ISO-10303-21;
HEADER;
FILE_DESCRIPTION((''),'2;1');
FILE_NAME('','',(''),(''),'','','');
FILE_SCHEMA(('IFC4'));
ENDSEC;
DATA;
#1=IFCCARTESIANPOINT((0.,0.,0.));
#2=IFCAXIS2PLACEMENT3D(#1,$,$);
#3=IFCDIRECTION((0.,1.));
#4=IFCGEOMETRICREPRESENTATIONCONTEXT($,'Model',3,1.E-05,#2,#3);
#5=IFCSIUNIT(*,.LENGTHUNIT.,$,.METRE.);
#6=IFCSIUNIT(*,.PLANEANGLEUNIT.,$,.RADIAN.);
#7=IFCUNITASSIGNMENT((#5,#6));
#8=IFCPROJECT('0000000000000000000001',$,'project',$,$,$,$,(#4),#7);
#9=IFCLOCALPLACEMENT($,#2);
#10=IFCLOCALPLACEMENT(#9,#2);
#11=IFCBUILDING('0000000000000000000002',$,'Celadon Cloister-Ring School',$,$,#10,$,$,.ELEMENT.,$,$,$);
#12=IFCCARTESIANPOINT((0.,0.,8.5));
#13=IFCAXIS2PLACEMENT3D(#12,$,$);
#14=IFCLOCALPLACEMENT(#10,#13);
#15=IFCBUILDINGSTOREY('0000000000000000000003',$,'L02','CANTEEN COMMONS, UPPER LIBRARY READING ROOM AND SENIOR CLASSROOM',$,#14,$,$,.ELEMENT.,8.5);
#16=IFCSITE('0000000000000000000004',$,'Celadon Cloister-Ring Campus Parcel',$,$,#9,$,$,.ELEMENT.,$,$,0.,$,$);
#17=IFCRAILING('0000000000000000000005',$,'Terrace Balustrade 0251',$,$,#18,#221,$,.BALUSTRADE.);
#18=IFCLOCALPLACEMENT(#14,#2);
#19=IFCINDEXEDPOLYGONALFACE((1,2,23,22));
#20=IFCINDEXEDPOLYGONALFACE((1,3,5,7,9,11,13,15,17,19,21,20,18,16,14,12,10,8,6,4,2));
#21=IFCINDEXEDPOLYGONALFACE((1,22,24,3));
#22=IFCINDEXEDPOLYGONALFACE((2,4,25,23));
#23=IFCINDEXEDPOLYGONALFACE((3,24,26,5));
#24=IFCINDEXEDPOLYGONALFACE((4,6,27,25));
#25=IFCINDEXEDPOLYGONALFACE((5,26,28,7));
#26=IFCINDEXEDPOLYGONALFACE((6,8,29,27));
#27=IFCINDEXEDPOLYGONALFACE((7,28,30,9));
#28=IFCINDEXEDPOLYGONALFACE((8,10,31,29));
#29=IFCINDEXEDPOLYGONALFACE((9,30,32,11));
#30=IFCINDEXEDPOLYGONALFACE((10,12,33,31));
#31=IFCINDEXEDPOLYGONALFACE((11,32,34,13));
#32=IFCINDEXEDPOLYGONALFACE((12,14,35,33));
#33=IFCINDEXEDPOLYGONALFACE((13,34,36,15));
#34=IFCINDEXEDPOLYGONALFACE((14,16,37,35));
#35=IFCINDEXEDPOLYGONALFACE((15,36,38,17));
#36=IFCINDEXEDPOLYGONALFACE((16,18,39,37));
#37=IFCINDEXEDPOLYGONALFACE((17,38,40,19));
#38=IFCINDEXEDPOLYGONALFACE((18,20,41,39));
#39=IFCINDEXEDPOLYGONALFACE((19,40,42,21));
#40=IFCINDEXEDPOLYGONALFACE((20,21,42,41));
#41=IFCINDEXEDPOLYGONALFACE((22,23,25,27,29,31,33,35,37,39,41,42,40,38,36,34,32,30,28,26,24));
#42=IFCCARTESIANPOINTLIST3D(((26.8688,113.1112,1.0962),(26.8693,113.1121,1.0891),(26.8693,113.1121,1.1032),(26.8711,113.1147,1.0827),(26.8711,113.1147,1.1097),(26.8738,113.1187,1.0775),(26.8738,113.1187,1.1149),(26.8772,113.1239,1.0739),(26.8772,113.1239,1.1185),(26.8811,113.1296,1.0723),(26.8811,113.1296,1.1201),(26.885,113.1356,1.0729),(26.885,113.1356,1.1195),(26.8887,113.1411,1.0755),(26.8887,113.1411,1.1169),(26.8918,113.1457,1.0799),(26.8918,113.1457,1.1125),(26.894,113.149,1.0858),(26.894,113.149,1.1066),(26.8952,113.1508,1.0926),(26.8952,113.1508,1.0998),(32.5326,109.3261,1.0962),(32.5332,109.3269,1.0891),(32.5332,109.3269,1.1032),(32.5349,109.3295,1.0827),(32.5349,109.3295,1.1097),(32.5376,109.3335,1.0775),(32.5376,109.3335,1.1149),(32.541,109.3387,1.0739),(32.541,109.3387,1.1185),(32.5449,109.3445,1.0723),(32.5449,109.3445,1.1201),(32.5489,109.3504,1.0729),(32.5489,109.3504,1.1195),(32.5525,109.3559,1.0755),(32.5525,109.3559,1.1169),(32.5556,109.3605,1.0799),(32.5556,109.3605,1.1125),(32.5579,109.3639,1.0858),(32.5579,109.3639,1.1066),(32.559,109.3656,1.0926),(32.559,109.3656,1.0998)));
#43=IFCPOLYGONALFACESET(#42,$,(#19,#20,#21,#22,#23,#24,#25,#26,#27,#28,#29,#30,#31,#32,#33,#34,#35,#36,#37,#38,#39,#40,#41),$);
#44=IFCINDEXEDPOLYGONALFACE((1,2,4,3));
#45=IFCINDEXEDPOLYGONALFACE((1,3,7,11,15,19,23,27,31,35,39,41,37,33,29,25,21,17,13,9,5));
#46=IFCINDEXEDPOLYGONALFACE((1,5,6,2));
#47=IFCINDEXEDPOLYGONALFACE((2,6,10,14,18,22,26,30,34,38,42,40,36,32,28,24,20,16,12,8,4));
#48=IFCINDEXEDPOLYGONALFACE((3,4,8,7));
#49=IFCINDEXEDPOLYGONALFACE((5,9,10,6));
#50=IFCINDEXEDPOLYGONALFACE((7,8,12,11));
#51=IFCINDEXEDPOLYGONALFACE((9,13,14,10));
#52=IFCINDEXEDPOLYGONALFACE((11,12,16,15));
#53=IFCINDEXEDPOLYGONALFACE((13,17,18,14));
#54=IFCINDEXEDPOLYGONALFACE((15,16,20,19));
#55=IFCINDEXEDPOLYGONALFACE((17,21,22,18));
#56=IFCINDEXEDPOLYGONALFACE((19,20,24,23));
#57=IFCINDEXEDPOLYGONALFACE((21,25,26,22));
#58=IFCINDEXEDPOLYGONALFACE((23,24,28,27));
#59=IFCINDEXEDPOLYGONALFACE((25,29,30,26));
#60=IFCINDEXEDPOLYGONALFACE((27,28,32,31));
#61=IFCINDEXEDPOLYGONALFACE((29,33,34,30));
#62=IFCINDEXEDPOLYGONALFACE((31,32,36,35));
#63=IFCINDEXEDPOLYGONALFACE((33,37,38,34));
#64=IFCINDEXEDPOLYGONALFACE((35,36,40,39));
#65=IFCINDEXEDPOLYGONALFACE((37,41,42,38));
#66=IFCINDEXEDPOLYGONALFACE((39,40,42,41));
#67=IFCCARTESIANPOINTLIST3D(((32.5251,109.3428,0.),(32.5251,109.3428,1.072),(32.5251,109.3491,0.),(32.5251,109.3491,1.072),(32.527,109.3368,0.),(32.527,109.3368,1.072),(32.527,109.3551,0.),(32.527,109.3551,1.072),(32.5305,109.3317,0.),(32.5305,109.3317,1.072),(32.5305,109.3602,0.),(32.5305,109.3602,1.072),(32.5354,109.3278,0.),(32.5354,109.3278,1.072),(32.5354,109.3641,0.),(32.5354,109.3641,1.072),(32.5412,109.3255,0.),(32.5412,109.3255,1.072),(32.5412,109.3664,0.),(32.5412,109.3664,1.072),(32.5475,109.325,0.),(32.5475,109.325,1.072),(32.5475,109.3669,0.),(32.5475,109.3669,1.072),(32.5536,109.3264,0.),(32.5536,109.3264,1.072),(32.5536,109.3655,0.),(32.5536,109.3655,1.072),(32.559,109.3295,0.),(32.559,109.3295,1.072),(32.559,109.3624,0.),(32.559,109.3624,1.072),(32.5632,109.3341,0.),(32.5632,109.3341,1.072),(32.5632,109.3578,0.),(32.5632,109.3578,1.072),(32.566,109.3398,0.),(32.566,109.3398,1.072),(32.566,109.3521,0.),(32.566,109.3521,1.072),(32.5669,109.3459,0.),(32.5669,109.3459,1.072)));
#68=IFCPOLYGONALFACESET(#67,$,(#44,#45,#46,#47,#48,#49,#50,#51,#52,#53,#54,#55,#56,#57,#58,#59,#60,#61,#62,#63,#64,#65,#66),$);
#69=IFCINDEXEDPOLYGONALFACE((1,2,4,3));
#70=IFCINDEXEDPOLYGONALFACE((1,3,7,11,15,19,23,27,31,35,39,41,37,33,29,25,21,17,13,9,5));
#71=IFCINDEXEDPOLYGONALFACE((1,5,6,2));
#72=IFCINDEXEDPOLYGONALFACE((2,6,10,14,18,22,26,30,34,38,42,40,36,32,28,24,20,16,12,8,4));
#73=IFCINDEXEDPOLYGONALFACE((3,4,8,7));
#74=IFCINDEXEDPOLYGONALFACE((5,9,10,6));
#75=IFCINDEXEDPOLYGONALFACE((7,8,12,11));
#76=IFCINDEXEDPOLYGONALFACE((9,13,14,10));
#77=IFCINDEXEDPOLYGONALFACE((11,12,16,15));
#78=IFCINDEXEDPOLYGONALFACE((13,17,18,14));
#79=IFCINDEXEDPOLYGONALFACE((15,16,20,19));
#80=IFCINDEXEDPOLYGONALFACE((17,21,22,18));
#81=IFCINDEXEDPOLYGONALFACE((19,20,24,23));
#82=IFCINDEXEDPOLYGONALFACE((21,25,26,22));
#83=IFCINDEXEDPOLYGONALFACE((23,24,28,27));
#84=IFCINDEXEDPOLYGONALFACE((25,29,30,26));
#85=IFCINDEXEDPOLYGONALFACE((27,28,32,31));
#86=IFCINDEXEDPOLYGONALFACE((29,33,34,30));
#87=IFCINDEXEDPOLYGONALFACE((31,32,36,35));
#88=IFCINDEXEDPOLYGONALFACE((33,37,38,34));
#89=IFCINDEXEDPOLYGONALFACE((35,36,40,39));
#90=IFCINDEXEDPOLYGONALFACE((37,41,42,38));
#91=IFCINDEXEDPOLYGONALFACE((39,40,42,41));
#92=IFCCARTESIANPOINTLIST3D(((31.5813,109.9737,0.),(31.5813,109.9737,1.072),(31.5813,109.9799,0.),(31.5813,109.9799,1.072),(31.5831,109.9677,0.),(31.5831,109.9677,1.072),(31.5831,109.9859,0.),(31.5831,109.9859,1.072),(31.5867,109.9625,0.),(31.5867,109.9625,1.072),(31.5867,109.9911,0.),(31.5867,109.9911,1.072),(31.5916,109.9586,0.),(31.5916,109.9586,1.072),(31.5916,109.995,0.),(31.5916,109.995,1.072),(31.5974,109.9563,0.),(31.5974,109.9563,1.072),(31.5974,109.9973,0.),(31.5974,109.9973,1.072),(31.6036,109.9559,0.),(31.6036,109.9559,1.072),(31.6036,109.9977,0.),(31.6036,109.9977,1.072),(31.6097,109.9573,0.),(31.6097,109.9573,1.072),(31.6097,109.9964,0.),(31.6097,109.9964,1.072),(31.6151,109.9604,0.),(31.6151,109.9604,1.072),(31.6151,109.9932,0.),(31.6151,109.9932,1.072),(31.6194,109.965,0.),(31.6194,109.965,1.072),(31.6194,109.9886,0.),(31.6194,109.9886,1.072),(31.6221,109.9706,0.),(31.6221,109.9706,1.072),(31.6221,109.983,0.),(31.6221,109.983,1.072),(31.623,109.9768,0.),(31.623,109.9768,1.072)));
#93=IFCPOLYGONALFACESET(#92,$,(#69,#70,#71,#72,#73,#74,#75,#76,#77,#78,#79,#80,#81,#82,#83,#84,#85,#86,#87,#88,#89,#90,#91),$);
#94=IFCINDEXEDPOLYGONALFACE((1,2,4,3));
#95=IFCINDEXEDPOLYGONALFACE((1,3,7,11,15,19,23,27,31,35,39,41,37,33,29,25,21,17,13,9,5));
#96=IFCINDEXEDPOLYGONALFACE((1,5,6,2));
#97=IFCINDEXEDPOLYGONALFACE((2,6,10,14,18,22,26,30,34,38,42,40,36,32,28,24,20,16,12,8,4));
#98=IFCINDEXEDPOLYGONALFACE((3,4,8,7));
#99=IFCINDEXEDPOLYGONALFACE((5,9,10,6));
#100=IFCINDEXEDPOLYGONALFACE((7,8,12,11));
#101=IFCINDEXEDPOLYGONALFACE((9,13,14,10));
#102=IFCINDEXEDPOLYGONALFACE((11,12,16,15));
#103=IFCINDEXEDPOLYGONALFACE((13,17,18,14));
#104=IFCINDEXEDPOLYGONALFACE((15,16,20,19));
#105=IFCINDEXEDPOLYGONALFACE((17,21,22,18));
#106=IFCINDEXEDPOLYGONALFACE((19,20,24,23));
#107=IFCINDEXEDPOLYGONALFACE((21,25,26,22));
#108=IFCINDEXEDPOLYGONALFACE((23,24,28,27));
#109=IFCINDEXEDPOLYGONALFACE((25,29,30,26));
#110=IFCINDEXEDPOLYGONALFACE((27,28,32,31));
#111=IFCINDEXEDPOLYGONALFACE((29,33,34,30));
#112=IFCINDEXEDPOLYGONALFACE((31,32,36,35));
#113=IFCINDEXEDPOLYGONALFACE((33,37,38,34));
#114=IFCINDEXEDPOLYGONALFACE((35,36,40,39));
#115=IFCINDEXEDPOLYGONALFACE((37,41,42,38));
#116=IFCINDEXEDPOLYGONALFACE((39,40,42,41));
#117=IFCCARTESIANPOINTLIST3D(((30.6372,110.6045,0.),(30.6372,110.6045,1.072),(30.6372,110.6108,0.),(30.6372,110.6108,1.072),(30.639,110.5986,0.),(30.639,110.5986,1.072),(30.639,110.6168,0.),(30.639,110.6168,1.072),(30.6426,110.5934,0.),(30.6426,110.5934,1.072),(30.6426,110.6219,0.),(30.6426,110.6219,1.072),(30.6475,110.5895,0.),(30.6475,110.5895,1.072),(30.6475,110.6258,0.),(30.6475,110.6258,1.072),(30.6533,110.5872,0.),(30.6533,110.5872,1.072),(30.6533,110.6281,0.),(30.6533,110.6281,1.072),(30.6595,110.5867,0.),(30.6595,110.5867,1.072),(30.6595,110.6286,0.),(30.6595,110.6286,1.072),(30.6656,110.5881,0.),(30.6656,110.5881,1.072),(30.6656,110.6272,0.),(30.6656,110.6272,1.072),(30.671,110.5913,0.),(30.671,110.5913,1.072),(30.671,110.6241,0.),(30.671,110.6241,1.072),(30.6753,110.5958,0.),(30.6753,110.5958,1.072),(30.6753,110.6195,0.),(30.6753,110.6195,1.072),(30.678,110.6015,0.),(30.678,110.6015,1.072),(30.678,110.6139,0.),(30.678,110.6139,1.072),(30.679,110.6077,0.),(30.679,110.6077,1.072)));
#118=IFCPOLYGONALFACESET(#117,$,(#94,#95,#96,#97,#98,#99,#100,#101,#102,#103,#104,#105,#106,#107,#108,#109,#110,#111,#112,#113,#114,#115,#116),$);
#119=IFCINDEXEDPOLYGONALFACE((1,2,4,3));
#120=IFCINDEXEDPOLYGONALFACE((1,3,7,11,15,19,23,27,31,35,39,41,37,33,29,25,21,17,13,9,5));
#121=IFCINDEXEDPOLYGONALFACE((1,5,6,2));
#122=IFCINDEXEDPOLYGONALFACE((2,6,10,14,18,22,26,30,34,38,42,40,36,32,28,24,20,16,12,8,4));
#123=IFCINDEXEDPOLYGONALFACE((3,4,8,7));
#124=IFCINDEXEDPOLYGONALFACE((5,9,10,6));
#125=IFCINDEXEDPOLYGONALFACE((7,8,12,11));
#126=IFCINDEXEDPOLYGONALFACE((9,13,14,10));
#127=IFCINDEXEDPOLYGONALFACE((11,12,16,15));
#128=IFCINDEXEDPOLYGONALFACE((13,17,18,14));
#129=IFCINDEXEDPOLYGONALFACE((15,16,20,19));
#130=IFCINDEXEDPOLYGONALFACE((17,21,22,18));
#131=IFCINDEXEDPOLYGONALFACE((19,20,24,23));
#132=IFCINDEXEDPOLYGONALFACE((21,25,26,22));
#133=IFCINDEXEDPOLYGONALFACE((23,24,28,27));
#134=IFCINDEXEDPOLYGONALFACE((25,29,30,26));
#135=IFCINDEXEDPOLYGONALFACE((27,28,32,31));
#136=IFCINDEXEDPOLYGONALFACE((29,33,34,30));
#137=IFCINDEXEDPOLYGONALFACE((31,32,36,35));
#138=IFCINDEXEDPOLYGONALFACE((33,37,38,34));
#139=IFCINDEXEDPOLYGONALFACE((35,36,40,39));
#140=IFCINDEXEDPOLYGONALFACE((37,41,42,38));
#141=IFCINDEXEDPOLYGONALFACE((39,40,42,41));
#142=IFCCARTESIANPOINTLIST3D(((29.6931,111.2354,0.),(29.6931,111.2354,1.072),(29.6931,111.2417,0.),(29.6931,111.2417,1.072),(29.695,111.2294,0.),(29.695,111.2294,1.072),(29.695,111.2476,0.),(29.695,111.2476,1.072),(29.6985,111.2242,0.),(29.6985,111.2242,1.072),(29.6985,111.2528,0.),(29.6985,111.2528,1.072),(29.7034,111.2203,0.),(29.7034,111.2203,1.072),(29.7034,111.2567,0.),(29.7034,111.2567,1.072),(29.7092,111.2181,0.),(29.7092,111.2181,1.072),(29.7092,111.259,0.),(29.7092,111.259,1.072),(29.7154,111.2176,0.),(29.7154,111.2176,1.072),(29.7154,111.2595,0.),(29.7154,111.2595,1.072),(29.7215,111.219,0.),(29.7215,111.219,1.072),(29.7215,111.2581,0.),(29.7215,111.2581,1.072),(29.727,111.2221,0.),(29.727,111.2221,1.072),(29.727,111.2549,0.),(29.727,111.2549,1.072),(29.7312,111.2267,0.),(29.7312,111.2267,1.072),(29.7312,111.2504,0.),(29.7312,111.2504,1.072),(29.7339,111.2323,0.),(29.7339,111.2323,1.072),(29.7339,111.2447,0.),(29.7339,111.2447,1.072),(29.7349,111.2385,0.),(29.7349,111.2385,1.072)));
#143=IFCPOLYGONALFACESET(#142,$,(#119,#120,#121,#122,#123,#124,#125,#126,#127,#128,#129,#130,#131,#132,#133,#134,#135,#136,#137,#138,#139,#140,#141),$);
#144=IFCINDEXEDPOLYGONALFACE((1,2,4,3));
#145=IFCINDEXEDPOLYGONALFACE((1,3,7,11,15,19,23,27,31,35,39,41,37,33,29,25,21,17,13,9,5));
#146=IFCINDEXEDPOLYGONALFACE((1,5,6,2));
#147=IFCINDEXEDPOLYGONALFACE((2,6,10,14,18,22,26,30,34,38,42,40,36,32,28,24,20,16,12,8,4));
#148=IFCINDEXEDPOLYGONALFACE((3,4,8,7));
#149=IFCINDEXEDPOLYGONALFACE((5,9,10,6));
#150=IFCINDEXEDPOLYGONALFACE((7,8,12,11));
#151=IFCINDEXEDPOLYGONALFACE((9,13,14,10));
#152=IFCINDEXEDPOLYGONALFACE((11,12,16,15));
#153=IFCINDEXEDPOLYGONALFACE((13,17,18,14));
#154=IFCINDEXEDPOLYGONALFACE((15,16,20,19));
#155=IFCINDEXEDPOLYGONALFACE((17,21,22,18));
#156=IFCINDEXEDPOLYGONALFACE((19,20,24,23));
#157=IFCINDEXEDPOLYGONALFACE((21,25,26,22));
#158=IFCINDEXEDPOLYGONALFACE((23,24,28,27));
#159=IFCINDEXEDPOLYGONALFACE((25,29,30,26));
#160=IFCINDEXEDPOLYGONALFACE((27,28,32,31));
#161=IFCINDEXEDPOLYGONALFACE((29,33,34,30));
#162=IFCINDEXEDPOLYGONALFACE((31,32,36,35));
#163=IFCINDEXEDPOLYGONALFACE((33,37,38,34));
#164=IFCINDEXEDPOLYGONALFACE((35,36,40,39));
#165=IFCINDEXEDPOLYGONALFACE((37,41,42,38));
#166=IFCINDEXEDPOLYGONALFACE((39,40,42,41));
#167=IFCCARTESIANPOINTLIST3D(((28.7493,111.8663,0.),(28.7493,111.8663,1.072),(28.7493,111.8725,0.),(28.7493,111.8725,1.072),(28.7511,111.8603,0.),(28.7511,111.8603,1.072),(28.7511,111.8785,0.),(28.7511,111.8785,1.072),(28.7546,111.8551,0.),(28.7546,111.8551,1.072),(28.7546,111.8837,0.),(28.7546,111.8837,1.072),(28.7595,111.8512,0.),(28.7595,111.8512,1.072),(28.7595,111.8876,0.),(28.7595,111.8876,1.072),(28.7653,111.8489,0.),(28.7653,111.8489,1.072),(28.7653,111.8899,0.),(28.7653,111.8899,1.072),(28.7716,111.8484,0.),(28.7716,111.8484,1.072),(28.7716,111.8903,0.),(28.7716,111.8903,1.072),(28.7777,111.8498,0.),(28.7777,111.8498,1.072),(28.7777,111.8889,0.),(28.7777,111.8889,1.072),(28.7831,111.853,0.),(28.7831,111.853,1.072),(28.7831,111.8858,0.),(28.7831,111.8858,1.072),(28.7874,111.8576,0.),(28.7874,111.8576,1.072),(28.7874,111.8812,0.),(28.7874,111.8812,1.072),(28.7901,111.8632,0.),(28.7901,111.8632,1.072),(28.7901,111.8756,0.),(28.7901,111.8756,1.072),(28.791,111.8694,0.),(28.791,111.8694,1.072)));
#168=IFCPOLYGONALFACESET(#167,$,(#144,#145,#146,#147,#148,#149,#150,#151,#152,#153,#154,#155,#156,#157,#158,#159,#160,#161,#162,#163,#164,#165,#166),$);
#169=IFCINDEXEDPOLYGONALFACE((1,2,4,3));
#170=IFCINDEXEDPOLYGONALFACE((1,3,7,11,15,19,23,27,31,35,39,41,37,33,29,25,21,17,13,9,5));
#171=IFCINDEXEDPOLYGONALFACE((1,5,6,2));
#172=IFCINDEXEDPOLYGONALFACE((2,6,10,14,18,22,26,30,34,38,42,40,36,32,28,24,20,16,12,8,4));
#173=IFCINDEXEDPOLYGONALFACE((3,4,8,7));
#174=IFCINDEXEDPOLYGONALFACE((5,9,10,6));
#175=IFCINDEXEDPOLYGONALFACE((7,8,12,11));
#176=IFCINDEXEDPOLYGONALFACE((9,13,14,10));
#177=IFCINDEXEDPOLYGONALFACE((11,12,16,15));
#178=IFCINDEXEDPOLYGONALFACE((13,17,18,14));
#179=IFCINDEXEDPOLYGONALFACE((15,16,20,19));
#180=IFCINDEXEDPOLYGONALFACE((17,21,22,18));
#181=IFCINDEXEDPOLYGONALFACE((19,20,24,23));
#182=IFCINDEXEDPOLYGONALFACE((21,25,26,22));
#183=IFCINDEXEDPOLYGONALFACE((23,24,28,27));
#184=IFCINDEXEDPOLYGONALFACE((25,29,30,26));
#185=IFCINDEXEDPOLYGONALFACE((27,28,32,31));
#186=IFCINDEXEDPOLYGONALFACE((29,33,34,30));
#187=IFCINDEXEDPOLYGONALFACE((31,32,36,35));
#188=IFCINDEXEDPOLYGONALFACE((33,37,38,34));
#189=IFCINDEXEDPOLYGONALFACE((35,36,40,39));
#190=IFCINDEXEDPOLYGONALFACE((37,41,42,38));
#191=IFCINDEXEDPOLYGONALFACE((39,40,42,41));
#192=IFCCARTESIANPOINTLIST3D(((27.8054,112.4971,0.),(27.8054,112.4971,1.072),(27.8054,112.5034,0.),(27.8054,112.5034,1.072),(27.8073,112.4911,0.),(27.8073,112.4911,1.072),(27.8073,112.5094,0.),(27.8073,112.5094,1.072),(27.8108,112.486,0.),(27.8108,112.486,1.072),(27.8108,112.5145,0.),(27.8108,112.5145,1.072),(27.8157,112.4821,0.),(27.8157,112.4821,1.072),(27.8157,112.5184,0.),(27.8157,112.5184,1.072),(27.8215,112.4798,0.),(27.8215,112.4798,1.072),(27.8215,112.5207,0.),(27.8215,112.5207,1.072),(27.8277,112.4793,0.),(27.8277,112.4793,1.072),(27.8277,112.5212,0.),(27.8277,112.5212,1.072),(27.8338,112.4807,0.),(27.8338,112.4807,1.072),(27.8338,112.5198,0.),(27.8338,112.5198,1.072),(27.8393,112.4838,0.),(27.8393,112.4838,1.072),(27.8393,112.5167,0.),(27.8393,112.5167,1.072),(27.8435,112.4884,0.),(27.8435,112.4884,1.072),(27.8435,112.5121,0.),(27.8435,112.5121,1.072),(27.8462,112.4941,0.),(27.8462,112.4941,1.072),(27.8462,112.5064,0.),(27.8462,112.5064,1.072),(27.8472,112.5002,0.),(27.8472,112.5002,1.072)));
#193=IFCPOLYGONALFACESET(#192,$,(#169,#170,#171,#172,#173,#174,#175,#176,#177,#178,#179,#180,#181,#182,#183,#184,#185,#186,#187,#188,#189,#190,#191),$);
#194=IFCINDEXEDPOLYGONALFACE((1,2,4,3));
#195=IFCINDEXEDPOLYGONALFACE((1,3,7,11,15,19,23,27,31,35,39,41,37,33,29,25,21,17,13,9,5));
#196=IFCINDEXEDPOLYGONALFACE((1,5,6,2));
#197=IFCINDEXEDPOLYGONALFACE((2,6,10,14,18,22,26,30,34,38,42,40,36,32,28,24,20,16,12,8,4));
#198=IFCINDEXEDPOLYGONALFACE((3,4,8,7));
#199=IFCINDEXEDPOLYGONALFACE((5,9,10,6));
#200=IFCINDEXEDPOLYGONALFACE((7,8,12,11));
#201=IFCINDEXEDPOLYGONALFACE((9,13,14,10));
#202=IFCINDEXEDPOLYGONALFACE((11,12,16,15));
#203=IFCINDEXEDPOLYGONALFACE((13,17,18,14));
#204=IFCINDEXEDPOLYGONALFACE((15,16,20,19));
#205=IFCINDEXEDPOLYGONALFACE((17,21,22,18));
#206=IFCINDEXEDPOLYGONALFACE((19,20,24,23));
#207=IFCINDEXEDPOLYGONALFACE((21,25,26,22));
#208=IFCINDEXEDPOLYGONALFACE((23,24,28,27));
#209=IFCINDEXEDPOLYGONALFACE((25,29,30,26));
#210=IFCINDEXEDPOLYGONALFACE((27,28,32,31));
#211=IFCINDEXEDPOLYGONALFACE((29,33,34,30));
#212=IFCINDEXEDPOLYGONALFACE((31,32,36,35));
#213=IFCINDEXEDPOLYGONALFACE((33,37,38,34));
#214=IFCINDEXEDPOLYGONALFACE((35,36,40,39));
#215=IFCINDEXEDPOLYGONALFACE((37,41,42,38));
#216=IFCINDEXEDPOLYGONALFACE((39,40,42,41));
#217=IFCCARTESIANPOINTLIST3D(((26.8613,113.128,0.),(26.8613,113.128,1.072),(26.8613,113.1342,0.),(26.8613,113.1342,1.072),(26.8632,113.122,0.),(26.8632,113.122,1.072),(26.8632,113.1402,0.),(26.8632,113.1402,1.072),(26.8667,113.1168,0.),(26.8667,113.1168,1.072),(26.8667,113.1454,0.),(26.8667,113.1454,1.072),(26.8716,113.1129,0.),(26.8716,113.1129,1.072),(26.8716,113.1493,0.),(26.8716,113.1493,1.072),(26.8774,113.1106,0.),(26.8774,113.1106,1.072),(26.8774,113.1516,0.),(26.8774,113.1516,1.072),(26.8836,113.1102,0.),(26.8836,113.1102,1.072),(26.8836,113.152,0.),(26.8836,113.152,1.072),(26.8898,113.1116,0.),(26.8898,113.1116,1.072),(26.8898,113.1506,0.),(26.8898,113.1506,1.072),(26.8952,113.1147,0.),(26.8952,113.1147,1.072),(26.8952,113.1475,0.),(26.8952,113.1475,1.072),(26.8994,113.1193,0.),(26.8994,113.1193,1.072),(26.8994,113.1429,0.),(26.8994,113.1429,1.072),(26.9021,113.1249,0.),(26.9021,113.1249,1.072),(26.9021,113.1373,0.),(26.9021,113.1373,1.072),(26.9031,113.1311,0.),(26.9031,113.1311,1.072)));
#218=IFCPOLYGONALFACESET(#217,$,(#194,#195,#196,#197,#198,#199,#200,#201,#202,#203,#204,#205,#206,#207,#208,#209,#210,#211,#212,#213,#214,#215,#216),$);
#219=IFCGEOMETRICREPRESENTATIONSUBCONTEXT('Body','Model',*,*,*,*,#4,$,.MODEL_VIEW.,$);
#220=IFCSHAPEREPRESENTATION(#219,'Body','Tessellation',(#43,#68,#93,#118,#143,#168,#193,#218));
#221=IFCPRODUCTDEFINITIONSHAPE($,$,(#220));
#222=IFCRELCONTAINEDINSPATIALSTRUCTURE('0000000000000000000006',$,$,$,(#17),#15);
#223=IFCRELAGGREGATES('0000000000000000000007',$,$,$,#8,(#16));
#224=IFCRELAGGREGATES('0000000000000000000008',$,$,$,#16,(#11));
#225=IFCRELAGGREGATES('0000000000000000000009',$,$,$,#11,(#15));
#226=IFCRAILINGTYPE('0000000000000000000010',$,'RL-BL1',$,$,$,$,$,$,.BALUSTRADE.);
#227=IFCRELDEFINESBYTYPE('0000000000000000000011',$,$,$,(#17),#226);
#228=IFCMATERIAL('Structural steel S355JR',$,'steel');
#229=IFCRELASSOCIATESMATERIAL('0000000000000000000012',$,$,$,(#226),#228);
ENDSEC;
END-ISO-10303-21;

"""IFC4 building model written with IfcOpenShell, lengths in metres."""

from ifc_helpers import new_model, si_unit, direction, frame, origin, origin_2d, place, context, subcontext, project, spatial, circle, extrude, material, type_object, element, save


model = new_model("IFC4")

# Units and contexts
model_context = context("Model", 3, precision=1e-05, world=origin(), true_north=direction((0.0, 1.0)))
body_context = subcontext(model_context, "Body", "Model", "MODEL_VIEW")
ifc_project = project(units=[si_unit("LENGTHUNIT", "METRE"), si_unit("PLANEANGLEUNIT", "RADIAN")], contexts=[model_context])

# Site, building, storey
site_placement = place(None, origin())
site = spatial("IfcSite", under=ifc_project, at=site_placement, Name="Celadon Cloister-Ring Campus Parcel", CompositionType="ELEMENT", RefElevation=0.0)
building_placement = place(site_placement, origin())
building = spatial("IfcBuilding", under=site, at=building_placement, Name="Celadon Cloister-Ring School", CompositionType="ELEMENT")
storey_placement = place(building_placement, frame((0.0, 0.0, 8.5)))
storey = spatial("IfcBuildingStorey", under=building, at=storey_placement, Name="L02", Description="CANTEEN COMMONS, UPPER LIBRARY READING ROOM AND SENIOR CLASSROOM", CompositionType="ELEMENT", Elevation=8.5)

# Railing
ifc_material_1 = material(Name="Structural steel S355JR", Category="steel")
railing_type = type_object("IfcRailingType", Name="RL-BL1", PredefinedType="BALUSTRADE", material=ifc_material_1)
railing_1_placement = place(storey_placement, frame((32.5459, 109.3459, 0.0)))
element("IfcRailing", 1, at=railing_1_placement, inside=storey, type_object=railing_type, Name="Terrace Balustrade 0251", PredefinedType="BALUSTRADE", context=body_context, shape_type="SweptSolid", body=[
    extrude(circle(Radius=0.0239, at=origin_2d()), frame((0.0, 0.0, 1.0962), z_axis=(-0.831421, 0.555643, 0.0), x_axis=(-0.555643, -0.831421, 0.0)), (0.0, 0.0, 1.0), 6.8123),
    extrude(circle(Radius=0.021, at=origin_2d()), origin(), (0.0, 0.0, 1.0), 1.072),
    extrude(circle(Radius=0.021, at=origin_2d()), frame((-0.9438, 0.6309, 0.0)), (0.0, 0.0, 1.0), 1.072),
    extrude(circle(Radius=0.021, at=origin_2d()), frame((-1.8879, 1.2617, 0.0)), (0.0, 0.0, 1.0), 1.072),
    extrude(circle(Radius=0.021, at=origin_2d()), frame((-2.832, 1.8926, 0.0)), (0.0, 0.0, 1.0), 1.072),
    extrude(circle(Radius=0.021, at=origin_2d()), frame((-3.7759, 2.5234, 0.0)), (0.0, 0.0, 1.0), 1.072),
    extrude(circle(Radius=0.021, at=origin_2d()), frame((-4.7197, 3.1543, 0.0)), (0.0, 0.0, 1.0), 1.072),
    extrude(circle(Radius=0.021, at=origin_2d()), frame((-5.6638, 3.7852, 0.0)), (0.0, 0.0, 1.0), 1.072),
])

save(model, "model.ifc")
